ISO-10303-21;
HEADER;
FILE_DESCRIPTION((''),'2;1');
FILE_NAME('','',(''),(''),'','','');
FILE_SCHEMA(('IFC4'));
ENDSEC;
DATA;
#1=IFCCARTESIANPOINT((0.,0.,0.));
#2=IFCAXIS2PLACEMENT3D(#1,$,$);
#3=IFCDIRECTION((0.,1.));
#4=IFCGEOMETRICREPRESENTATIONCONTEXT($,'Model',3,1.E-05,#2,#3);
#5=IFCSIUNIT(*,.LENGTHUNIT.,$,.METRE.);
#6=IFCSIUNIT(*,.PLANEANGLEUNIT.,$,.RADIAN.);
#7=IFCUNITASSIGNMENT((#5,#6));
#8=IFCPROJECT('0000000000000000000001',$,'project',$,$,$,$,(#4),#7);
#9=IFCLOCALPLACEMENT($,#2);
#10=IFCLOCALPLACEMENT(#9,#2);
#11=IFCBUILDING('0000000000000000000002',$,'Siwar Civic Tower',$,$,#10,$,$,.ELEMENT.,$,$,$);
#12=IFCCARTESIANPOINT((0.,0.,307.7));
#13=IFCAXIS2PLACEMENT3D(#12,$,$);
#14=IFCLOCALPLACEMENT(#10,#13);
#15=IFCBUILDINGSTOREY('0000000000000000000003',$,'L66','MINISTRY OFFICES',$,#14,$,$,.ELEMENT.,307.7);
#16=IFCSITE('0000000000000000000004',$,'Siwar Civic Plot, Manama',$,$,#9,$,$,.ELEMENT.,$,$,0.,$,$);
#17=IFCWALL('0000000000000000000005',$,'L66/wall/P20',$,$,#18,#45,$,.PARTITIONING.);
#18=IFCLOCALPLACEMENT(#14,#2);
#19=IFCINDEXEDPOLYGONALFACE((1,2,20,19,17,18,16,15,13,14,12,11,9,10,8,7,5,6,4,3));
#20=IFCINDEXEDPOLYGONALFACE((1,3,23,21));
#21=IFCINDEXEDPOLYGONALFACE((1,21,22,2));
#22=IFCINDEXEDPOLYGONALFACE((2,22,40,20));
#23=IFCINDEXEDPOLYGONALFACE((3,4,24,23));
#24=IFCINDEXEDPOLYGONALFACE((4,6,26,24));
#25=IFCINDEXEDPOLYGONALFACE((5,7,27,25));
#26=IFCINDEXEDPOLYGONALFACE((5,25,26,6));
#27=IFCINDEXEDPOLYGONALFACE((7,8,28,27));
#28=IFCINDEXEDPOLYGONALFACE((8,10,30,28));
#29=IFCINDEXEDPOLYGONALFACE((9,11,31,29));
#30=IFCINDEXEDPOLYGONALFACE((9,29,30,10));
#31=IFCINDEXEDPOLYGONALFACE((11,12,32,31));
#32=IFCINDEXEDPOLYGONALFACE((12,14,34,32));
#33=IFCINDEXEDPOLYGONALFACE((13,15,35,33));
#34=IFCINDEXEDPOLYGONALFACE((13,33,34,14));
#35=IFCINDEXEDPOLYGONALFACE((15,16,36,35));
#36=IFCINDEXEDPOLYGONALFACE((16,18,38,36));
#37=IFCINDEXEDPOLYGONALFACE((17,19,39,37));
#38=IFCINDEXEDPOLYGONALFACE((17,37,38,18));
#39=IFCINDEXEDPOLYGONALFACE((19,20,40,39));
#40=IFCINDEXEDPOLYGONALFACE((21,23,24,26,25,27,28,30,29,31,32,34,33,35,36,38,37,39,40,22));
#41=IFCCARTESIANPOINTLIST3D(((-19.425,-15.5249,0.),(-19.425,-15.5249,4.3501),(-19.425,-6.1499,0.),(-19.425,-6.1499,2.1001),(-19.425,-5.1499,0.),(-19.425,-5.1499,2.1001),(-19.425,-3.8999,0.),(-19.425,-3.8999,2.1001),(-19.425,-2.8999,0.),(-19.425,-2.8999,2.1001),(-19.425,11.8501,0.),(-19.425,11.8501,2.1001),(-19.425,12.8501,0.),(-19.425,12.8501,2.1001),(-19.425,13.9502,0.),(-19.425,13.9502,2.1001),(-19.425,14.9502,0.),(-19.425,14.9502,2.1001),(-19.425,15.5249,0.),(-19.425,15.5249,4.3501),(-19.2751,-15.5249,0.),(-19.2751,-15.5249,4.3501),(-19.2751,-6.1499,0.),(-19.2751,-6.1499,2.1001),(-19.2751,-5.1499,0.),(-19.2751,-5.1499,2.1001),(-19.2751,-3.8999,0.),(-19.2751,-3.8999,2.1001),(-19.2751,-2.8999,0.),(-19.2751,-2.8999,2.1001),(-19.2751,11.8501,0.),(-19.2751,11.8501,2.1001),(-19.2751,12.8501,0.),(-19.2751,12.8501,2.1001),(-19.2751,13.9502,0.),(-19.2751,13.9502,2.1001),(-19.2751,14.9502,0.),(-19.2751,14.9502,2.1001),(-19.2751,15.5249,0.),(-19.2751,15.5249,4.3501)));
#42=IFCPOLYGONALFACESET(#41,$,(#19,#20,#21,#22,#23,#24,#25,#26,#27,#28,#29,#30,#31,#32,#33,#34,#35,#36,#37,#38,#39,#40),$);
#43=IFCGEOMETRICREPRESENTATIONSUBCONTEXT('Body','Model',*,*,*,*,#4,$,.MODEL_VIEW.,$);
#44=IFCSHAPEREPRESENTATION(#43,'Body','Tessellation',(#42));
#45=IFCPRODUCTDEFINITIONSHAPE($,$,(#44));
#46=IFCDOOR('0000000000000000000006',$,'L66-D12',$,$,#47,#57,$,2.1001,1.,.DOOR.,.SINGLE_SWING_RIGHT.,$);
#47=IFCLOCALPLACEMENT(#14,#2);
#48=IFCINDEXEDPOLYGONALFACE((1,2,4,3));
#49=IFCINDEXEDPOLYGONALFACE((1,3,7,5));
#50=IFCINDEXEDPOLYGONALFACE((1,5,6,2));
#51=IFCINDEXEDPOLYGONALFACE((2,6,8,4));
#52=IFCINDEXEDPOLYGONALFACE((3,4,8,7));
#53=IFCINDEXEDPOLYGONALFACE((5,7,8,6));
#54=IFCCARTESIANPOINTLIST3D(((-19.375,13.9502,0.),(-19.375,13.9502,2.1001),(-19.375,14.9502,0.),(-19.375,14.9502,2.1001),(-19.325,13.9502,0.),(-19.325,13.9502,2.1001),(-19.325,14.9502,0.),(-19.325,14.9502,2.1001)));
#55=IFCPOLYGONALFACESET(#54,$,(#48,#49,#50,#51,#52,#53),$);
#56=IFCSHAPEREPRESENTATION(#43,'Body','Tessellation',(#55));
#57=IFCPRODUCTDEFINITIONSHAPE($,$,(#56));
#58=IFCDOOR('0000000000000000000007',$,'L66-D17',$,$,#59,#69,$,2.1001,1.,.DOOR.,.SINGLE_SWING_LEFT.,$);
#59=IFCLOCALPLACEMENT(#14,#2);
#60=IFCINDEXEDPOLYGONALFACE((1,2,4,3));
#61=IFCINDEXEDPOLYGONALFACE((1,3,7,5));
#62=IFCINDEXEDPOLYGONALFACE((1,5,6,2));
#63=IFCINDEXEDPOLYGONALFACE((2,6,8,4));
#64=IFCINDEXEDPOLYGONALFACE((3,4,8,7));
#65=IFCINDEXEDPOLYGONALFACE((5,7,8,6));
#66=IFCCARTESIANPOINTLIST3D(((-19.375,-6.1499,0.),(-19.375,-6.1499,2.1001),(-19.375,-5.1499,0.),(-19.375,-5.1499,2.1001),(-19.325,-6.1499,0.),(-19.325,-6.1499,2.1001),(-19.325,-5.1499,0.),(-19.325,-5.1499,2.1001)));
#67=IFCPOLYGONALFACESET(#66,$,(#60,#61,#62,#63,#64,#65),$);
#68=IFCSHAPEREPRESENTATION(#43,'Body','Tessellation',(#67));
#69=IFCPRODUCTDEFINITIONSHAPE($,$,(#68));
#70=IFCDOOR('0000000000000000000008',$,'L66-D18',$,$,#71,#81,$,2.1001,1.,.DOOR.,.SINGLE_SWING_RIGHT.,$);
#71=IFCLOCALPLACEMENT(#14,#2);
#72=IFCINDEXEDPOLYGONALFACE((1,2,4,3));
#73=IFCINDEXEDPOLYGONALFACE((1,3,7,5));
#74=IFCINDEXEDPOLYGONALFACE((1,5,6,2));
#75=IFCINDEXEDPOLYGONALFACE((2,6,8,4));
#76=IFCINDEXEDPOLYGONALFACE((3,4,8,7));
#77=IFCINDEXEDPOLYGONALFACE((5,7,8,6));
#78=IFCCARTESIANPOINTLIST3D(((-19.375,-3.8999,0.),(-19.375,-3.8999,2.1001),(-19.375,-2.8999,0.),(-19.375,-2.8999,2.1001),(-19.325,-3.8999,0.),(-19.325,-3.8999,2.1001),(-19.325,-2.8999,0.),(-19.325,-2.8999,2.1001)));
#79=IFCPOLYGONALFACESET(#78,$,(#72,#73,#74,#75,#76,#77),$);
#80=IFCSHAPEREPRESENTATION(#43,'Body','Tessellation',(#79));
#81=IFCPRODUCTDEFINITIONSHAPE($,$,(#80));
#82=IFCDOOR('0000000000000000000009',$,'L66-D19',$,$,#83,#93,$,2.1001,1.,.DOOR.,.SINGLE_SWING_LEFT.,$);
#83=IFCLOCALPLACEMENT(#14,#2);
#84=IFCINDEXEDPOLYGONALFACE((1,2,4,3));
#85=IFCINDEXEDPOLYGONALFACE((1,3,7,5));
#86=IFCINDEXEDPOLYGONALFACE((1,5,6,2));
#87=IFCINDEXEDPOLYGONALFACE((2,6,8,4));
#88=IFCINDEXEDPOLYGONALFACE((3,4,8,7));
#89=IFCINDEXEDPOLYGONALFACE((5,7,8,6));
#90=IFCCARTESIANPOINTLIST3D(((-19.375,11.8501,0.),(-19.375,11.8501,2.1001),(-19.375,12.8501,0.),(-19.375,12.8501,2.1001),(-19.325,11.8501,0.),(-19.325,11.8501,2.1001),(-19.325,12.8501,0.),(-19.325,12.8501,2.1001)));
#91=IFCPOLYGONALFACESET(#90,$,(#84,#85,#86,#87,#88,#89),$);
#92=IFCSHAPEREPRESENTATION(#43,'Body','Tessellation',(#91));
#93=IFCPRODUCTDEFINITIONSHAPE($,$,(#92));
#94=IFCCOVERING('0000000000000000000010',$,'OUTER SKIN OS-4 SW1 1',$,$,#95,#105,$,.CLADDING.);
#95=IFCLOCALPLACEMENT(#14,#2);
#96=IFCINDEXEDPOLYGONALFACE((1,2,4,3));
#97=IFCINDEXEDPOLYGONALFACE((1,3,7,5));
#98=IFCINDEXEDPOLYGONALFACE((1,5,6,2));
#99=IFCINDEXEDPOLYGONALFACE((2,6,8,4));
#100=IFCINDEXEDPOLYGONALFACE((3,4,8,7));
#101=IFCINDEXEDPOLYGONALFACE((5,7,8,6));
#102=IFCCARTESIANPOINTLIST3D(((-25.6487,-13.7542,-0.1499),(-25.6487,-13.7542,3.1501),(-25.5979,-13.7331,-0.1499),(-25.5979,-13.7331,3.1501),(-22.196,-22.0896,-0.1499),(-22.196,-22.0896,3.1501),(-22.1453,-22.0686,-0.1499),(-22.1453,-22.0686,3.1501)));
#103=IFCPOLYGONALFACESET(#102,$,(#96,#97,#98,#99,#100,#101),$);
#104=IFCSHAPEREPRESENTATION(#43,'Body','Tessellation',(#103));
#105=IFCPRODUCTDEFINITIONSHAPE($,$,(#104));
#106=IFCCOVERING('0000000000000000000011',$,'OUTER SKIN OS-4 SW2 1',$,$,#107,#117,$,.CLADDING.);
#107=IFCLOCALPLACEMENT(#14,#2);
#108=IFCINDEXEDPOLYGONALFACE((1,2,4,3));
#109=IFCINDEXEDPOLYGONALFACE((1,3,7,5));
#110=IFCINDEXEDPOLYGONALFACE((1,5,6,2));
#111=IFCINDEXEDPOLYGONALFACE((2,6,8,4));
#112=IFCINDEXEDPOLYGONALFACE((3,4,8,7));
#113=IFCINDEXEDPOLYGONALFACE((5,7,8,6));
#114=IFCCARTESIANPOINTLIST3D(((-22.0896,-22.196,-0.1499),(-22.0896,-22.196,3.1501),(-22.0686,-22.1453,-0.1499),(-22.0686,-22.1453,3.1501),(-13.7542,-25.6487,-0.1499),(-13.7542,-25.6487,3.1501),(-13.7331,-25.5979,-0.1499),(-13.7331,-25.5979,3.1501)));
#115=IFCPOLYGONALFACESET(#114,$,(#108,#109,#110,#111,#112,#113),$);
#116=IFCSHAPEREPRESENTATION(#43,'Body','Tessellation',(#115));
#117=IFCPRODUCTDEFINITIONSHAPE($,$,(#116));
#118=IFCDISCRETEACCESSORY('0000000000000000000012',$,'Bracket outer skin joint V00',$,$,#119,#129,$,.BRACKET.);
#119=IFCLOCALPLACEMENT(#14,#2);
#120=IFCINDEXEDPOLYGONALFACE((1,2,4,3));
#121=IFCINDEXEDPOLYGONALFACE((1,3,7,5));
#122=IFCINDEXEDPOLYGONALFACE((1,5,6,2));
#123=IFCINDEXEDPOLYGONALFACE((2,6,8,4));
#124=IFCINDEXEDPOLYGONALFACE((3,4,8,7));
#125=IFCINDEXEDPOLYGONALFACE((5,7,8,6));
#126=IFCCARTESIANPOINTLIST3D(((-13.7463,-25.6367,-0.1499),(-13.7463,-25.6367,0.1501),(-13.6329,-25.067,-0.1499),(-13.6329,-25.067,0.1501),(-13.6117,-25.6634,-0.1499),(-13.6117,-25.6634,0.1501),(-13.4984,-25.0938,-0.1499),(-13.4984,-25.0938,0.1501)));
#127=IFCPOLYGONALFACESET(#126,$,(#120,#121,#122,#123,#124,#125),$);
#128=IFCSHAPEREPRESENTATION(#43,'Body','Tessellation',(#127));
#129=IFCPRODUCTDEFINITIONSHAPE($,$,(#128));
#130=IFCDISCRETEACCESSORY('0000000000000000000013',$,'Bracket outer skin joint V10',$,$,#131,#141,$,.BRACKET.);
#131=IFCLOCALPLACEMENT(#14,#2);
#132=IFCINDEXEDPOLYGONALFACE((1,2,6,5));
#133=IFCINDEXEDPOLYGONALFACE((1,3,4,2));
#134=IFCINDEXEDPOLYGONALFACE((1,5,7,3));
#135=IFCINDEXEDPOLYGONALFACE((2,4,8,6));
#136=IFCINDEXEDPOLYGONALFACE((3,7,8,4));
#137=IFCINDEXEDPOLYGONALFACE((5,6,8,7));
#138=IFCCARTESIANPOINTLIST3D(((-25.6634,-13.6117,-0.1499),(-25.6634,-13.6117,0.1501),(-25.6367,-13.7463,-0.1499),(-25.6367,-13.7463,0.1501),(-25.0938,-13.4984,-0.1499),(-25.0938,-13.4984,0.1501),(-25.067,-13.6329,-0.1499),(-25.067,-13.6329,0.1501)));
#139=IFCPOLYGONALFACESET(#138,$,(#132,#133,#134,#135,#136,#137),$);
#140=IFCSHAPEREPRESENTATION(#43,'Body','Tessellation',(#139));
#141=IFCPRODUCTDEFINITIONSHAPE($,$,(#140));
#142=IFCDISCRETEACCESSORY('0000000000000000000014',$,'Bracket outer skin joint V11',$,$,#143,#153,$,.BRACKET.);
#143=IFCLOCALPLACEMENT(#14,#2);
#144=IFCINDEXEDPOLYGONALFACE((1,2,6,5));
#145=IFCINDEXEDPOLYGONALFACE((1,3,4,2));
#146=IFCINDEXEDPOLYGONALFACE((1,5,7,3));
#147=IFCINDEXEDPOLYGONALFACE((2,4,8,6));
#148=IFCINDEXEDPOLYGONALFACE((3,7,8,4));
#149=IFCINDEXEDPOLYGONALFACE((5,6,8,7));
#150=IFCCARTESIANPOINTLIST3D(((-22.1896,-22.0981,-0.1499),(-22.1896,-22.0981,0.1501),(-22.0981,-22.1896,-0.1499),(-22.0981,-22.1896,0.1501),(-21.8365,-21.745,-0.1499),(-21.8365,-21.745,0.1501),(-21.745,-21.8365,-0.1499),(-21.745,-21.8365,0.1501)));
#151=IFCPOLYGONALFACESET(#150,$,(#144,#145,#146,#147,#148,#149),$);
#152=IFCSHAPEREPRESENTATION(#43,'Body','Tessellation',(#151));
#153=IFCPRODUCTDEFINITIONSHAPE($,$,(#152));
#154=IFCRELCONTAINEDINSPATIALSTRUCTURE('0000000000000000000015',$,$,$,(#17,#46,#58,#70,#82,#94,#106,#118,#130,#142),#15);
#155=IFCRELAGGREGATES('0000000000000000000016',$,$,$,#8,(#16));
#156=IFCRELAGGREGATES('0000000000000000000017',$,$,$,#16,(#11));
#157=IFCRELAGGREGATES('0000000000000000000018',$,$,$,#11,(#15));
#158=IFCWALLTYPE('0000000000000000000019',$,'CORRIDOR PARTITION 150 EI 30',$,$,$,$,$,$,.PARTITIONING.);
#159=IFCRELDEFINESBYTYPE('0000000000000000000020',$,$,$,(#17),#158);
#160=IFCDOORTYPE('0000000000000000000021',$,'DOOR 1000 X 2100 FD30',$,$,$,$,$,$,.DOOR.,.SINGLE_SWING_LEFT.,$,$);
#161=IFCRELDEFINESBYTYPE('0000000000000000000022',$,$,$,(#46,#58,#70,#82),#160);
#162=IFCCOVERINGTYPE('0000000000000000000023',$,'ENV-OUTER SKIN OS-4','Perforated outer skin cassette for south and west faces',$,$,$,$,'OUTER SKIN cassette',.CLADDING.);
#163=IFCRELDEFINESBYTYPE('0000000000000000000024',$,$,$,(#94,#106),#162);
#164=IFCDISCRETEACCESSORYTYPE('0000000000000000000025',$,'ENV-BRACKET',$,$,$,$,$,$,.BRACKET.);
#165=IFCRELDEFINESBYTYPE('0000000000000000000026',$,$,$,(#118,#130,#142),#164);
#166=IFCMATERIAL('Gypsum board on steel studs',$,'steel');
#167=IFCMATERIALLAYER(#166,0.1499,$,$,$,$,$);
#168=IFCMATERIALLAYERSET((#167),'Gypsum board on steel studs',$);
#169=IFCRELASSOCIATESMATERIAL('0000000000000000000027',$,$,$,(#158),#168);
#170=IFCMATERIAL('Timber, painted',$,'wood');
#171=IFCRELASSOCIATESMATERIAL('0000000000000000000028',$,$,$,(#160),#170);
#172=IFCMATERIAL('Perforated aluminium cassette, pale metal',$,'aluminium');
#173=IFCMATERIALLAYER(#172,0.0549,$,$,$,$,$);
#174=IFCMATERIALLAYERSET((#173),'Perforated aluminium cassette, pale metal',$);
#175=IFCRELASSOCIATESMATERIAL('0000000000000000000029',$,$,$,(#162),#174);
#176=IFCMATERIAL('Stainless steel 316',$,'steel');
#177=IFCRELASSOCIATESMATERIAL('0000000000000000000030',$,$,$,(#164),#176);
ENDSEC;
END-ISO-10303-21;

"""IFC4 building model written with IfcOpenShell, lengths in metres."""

from ifc_helpers import new_model, si_unit, direction, frame, frame_2d, origin, origin_2d, place, context, subcontext, project, spatial, rectangle, extrude, material, layer, layer_set, type_object, element, fill, save


model = new_model("IFC4")

# Units and contexts
model_context = context("Model", 3, precision=1e-05, world=origin(), true_north=direction((0.0, 1.0)))
body_context = subcontext(model_context, "Body", "Model", "MODEL_VIEW")
ifc_project = project(units=[si_unit("LENGTHUNIT", "METRE"), si_unit("PLANEANGLEUNIT", "RADIAN")], contexts=[model_context])

# Site, building, storey
site_placement = place(None, origin())
site = spatial("IfcSite", under=ifc_project, at=site_placement, Name="Siwar Civic Plot, Manama", CompositionType="ELEMENT", RefElevation=0.0)
building_placement = place(site_placement, origin())
building = spatial("IfcBuilding", under=site, at=building_placement, Name="Siwar Civic Tower", CompositionType="ELEMENT")
storey_placement = place(building_placement, frame((0.0, 0.0, 307.7)))
storey = spatial("IfcBuildingStorey", under=building, at=storey_placement, Name="L66", Description="MINISTRY OFFICES", CompositionType="ELEMENT", Elevation=307.7)

# Wall, openings, doors
ifc_material_1 = material(Name="Gypsum board on steel studs", Category="steel")
ifc_layer_1 = layer(ifc_material_1, 0.1499)
ifc_layer_set_1 = layer_set([ifc_layer_1], Name="Gypsum board on steel studs")
wall_type = type_object("IfcWallType", Name="CORRIDOR PARTITION 150 EI 30", PredefinedType="PARTITIONING", material=ifc_layer_set_1)
ifc_material_2 = material(Name="Timber, painted", Category="wood")
door_type = type_object("IfcDoorType", Name="DOOR 1000 X 2100 FD30", OperationType="SINGLE_SWING_LEFT", PredefinedType="DOOR", material=ifc_material_2)
wall_1_placement = place(storey_placement, frame((-19.3501, -15.5249, 0.0), z_axis=(0.0, 0.0, 1.0), x_axis=(0.0, 1.0, 0.0)))
wall_1 = element("IfcWall", 1, at=wall_1_placement, inside=storey, type_object=wall_type, Name="L66/wall/P20", PredefinedType="PARTITIONING", context=body_context, shape_type="SweptSolid", body=[
    extrude(rectangle(XDim=31.0498, YDim=0.1499, at=frame_2d((15.5249, 0.0))), origin(), (0.0, 0.0, 1.0), 4.3501),
])
opening_1_placement = place(wall_1_placement, frame((29.4751, 0.0, 0.0)))
opening_1 = element("IfcOpeningElement", 2, at=opening_1_placement, cuts=wall_1, PredefinedType="OPENING", context=body_context, shape_type="SweptSolid", body=[
    extrude(rectangle(XDim=1.0, YDim=2.1001, at=frame_2d((0.5, 1.05))), frame((0.0, 0.085, 0.0), z_axis=(0.0, -1.0, 0.0), x_axis=(1.0, 0.0, 0.0)), (0.0, 0.0, 1.0), 0.1699),
])
opening_2_placement = place(wall_1_placement, frame((9.375, 0.0, 0.0)))
opening_2 = element("IfcOpeningElement", 3, at=opening_2_placement, cuts=wall_1, PredefinedType="OPENING", context=body_context, shape_type="SweptSolid", body=[
    extrude(rectangle(XDim=1.0, YDim=2.1001, at=frame_2d((0.5, 1.05))), frame((0.0, 0.085, 0.0), z_axis=(0.0, -1.0, 0.0), x_axis=(1.0, 0.0, 0.0)), (0.0, 0.0, 1.0), 0.1699),
])
opening_3_placement = place(wall_1_placement, frame((11.625, 0.0, 0.0)))
opening_3 = element("IfcOpeningElement", 4, at=opening_3_placement, cuts=wall_1, PredefinedType="OPENING", context=body_context, shape_type="SweptSolid", body=[
    extrude(rectangle(XDim=1.0, YDim=2.1001, at=frame_2d((0.5, 1.05))), frame((0.0, 0.085, 0.0), z_axis=(0.0, -1.0, 0.0), x_axis=(1.0, 0.0, 0.0)), (0.0, 0.0, 1.0), 0.1699),
])
opening_4_placement = place(wall_1_placement, frame((27.375, 0.0, 0.0)))
opening_4 = element("IfcOpeningElement", 5, at=opening_4_placement, cuts=wall_1, PredefinedType="OPENING", context=body_context, shape_type="SweptSolid", body=[
    extrude(rectangle(XDim=1.0, YDim=2.1001, at=frame_2d((0.5, 1.05))), frame((0.0, 0.085, 0.0), z_axis=(0.0, -1.0, 0.0), x_axis=(1.0, 0.0, 0.0)), (0.0, 0.0, 1.0), 0.1699),
])
door_1_placement = place(opening_1_placement, origin())
door_1 = element("IfcDoor", 6, at=door_1_placement, inside=storey, type_object=door_type, Name="L66-D12", OperationType="SINGLE_SWING_RIGHT", OverallHeight=2.1001, OverallWidth=1.0, PredefinedType="DOOR", context=body_context, shape_type="SweptSolid", body=[
    extrude(rectangle(XDim=1.0, YDim=2.1001, at=frame_2d((0.5, 1.05))), frame((0.0, 0.0249, 0.0), z_axis=(0.0, -1.0, 0.0), x_axis=(1.0, 0.0, 0.0)), (0.0, 0.0, 1.0), 0.05),
])
fill(opening_1, door_1)
door_2_placement = place(opening_2_placement, origin())
door_2 = element("IfcDoor", 7, at=door_2_placement, inside=storey, type_object=door_type, Name="L66-D17", OperationType="SINGLE_SWING_LEFT", OverallHeight=2.1001, OverallWidth=1.0, PredefinedType="DOOR", context=body_context, shape_type="SweptSolid", body=[
    extrude(rectangle(XDim=1.0, YDim=2.1001, at=frame_2d((0.5, 1.05))), frame((0.0, 0.0249, 0.0), z_axis=(0.0, -1.0, 0.0), x_axis=(1.0, 0.0, 0.0)), (0.0, 0.0, 1.0), 0.05),
])
fill(opening_2, door_2)
door_3_placement = place(opening_3_placement, origin())
door_3 = element("IfcDoor", 8, at=door_3_placement, inside=storey, type_object=door_type, Name="L66-D18", OperationType="SINGLE_SWING_RIGHT", OverallHeight=2.1001, OverallWidth=1.0, PredefinedType="DOOR", context=body_context, shape_type="SweptSolid", body=[
    extrude(rectangle(XDim=1.0, YDim=2.1001, at=frame_2d((0.5, 1.05))), frame((0.0, 0.0249, 0.0), z_axis=(0.0, -1.0, 0.0), x_axis=(1.0, 0.0, 0.0)), (0.0, 0.0, 1.0), 0.05),
])
fill(opening_3, door_3)
door_4_placement = place(opening_4_placement, origin())
door_4 = element("IfcDoor", 9, at=door_4_placement, inside=storey, type_object=door_type, Name="L66-D19", OperationType="SINGLE_SWING_LEFT", OverallHeight=2.1001, OverallWidth=1.0, PredefinedType="DOOR", context=body_context, shape_type="SweptSolid", body=[
    extrude(rectangle(XDim=1.0, YDim=2.1001, at=frame_2d((0.5, 1.05))), frame((0.0, 0.0249, 0.0), z_axis=(0.0, -1.0, 0.0), x_axis=(1.0, 0.0, 0.0)), (0.0, 0.0, 1.0), 0.05),
])
fill(opening_4, door_4)

# Coverings
ifc_material_3 = material(Name="Perforated aluminium cassette, pale metal", Category="aluminium")
ifc_layer_2 = layer(ifc_material_3, 0.0549)
ifc_layer_set_2 = layer_set([ifc_layer_2], Name="Perforated aluminium cassette, pale metal")
covering_type = type_object("IfcCoveringType", Name="ENV-OUTER SKIN OS-4", Description="Perforated outer skin cassette for south and west faces", ElementType="OUTER SKIN cassette", PredefinedType="CLADDING", material=ifc_layer_set_2)
for number, where, z_axis, x_axis, name in (
    (10, (-23.897, -17.9114, -0.1499), (0.0, 0.0, 1.0), (0.382683, -0.92388, 0.0), "OUTER SKIN OS-4 SW1 1"),
    (11, (-17.9114, -23.897, -0.1499), (0.0, 0.0, 1.0), (0.92388, -0.382683, 0.0), "OUTER SKIN OS-4 SW2 1"),
):
    element("IfcCovering", number, at=place(storey_placement, frame(where, z_axis=z_axis, x_axis=x_axis)), inside=storey, type_object=covering_type, Name=name, PredefinedType="CLADDING", context=body_context, shape_type="SweptSolid", body=[
        extrude(rectangle(XDim=9.0222, YDim=0.0549, at=origin_2d()), origin(), (0.0, 0.0, 1.0), 3.3),
    ])

# Discrete accessories
ifc_material_4 = material(Name="Stainless steel 316", Category="steel")
discrete_accessory_type = type_object("IfcDiscreteAccessoryType", Name="ENV-BRACKET", PredefinedType="BRACKET", material=ifc_material_4)
for number, where, z_axis, x_axis, name in (
    (12, (-13.6223, -25.3652, -0.1499), (0.0, 0.0, 1.0), (-0.19509, -0.980785, 0.0), "Bracket outer skin joint V00"),
    (13, (-25.3652, -13.6223, -0.1499), (0.0, 0.0, 1.0), (-0.980785, -0.19509, 0.0), "Bracket outer skin joint V10"),
):
    element("IfcDiscreteAccessory", number, at=place(storey_placement, frame(where, z_axis=z_axis, x_axis=x_axis)), inside=storey, type_object=discrete_accessory_type, Name=name, PredefinedType="BRACKET", context=body_context, shape_type="SweptSolid", body=[
        extrude(rectangle(XDim=0.5808, YDim=0.1372, at=origin_2d()), origin(), (0.0, 0.0, 1.0), 0.3),
    ])
discrete_accessory_placement = place(storey_placement, frame((-21.9673, -21.9673, -0.1499), z_axis=(0.0, 0.0, 1.0), x_axis=(-0.707107, -0.707107, 0.0)))
element("IfcDiscreteAccessory", 14, at=discrete_accessory_placement, inside=storey, type_object=discrete_accessory_type, Name="Bracket outer skin joint V11", PredefinedType="BRACKET", context=body_context, shape_type="SweptSolid", body=[
    extrude(rectangle(XDim=0.4993, YDim=0.1294, at=origin_2d()), origin(), (0.0, 0.0, 1.0), 0.3),
])

save(model, "model.ifc")
